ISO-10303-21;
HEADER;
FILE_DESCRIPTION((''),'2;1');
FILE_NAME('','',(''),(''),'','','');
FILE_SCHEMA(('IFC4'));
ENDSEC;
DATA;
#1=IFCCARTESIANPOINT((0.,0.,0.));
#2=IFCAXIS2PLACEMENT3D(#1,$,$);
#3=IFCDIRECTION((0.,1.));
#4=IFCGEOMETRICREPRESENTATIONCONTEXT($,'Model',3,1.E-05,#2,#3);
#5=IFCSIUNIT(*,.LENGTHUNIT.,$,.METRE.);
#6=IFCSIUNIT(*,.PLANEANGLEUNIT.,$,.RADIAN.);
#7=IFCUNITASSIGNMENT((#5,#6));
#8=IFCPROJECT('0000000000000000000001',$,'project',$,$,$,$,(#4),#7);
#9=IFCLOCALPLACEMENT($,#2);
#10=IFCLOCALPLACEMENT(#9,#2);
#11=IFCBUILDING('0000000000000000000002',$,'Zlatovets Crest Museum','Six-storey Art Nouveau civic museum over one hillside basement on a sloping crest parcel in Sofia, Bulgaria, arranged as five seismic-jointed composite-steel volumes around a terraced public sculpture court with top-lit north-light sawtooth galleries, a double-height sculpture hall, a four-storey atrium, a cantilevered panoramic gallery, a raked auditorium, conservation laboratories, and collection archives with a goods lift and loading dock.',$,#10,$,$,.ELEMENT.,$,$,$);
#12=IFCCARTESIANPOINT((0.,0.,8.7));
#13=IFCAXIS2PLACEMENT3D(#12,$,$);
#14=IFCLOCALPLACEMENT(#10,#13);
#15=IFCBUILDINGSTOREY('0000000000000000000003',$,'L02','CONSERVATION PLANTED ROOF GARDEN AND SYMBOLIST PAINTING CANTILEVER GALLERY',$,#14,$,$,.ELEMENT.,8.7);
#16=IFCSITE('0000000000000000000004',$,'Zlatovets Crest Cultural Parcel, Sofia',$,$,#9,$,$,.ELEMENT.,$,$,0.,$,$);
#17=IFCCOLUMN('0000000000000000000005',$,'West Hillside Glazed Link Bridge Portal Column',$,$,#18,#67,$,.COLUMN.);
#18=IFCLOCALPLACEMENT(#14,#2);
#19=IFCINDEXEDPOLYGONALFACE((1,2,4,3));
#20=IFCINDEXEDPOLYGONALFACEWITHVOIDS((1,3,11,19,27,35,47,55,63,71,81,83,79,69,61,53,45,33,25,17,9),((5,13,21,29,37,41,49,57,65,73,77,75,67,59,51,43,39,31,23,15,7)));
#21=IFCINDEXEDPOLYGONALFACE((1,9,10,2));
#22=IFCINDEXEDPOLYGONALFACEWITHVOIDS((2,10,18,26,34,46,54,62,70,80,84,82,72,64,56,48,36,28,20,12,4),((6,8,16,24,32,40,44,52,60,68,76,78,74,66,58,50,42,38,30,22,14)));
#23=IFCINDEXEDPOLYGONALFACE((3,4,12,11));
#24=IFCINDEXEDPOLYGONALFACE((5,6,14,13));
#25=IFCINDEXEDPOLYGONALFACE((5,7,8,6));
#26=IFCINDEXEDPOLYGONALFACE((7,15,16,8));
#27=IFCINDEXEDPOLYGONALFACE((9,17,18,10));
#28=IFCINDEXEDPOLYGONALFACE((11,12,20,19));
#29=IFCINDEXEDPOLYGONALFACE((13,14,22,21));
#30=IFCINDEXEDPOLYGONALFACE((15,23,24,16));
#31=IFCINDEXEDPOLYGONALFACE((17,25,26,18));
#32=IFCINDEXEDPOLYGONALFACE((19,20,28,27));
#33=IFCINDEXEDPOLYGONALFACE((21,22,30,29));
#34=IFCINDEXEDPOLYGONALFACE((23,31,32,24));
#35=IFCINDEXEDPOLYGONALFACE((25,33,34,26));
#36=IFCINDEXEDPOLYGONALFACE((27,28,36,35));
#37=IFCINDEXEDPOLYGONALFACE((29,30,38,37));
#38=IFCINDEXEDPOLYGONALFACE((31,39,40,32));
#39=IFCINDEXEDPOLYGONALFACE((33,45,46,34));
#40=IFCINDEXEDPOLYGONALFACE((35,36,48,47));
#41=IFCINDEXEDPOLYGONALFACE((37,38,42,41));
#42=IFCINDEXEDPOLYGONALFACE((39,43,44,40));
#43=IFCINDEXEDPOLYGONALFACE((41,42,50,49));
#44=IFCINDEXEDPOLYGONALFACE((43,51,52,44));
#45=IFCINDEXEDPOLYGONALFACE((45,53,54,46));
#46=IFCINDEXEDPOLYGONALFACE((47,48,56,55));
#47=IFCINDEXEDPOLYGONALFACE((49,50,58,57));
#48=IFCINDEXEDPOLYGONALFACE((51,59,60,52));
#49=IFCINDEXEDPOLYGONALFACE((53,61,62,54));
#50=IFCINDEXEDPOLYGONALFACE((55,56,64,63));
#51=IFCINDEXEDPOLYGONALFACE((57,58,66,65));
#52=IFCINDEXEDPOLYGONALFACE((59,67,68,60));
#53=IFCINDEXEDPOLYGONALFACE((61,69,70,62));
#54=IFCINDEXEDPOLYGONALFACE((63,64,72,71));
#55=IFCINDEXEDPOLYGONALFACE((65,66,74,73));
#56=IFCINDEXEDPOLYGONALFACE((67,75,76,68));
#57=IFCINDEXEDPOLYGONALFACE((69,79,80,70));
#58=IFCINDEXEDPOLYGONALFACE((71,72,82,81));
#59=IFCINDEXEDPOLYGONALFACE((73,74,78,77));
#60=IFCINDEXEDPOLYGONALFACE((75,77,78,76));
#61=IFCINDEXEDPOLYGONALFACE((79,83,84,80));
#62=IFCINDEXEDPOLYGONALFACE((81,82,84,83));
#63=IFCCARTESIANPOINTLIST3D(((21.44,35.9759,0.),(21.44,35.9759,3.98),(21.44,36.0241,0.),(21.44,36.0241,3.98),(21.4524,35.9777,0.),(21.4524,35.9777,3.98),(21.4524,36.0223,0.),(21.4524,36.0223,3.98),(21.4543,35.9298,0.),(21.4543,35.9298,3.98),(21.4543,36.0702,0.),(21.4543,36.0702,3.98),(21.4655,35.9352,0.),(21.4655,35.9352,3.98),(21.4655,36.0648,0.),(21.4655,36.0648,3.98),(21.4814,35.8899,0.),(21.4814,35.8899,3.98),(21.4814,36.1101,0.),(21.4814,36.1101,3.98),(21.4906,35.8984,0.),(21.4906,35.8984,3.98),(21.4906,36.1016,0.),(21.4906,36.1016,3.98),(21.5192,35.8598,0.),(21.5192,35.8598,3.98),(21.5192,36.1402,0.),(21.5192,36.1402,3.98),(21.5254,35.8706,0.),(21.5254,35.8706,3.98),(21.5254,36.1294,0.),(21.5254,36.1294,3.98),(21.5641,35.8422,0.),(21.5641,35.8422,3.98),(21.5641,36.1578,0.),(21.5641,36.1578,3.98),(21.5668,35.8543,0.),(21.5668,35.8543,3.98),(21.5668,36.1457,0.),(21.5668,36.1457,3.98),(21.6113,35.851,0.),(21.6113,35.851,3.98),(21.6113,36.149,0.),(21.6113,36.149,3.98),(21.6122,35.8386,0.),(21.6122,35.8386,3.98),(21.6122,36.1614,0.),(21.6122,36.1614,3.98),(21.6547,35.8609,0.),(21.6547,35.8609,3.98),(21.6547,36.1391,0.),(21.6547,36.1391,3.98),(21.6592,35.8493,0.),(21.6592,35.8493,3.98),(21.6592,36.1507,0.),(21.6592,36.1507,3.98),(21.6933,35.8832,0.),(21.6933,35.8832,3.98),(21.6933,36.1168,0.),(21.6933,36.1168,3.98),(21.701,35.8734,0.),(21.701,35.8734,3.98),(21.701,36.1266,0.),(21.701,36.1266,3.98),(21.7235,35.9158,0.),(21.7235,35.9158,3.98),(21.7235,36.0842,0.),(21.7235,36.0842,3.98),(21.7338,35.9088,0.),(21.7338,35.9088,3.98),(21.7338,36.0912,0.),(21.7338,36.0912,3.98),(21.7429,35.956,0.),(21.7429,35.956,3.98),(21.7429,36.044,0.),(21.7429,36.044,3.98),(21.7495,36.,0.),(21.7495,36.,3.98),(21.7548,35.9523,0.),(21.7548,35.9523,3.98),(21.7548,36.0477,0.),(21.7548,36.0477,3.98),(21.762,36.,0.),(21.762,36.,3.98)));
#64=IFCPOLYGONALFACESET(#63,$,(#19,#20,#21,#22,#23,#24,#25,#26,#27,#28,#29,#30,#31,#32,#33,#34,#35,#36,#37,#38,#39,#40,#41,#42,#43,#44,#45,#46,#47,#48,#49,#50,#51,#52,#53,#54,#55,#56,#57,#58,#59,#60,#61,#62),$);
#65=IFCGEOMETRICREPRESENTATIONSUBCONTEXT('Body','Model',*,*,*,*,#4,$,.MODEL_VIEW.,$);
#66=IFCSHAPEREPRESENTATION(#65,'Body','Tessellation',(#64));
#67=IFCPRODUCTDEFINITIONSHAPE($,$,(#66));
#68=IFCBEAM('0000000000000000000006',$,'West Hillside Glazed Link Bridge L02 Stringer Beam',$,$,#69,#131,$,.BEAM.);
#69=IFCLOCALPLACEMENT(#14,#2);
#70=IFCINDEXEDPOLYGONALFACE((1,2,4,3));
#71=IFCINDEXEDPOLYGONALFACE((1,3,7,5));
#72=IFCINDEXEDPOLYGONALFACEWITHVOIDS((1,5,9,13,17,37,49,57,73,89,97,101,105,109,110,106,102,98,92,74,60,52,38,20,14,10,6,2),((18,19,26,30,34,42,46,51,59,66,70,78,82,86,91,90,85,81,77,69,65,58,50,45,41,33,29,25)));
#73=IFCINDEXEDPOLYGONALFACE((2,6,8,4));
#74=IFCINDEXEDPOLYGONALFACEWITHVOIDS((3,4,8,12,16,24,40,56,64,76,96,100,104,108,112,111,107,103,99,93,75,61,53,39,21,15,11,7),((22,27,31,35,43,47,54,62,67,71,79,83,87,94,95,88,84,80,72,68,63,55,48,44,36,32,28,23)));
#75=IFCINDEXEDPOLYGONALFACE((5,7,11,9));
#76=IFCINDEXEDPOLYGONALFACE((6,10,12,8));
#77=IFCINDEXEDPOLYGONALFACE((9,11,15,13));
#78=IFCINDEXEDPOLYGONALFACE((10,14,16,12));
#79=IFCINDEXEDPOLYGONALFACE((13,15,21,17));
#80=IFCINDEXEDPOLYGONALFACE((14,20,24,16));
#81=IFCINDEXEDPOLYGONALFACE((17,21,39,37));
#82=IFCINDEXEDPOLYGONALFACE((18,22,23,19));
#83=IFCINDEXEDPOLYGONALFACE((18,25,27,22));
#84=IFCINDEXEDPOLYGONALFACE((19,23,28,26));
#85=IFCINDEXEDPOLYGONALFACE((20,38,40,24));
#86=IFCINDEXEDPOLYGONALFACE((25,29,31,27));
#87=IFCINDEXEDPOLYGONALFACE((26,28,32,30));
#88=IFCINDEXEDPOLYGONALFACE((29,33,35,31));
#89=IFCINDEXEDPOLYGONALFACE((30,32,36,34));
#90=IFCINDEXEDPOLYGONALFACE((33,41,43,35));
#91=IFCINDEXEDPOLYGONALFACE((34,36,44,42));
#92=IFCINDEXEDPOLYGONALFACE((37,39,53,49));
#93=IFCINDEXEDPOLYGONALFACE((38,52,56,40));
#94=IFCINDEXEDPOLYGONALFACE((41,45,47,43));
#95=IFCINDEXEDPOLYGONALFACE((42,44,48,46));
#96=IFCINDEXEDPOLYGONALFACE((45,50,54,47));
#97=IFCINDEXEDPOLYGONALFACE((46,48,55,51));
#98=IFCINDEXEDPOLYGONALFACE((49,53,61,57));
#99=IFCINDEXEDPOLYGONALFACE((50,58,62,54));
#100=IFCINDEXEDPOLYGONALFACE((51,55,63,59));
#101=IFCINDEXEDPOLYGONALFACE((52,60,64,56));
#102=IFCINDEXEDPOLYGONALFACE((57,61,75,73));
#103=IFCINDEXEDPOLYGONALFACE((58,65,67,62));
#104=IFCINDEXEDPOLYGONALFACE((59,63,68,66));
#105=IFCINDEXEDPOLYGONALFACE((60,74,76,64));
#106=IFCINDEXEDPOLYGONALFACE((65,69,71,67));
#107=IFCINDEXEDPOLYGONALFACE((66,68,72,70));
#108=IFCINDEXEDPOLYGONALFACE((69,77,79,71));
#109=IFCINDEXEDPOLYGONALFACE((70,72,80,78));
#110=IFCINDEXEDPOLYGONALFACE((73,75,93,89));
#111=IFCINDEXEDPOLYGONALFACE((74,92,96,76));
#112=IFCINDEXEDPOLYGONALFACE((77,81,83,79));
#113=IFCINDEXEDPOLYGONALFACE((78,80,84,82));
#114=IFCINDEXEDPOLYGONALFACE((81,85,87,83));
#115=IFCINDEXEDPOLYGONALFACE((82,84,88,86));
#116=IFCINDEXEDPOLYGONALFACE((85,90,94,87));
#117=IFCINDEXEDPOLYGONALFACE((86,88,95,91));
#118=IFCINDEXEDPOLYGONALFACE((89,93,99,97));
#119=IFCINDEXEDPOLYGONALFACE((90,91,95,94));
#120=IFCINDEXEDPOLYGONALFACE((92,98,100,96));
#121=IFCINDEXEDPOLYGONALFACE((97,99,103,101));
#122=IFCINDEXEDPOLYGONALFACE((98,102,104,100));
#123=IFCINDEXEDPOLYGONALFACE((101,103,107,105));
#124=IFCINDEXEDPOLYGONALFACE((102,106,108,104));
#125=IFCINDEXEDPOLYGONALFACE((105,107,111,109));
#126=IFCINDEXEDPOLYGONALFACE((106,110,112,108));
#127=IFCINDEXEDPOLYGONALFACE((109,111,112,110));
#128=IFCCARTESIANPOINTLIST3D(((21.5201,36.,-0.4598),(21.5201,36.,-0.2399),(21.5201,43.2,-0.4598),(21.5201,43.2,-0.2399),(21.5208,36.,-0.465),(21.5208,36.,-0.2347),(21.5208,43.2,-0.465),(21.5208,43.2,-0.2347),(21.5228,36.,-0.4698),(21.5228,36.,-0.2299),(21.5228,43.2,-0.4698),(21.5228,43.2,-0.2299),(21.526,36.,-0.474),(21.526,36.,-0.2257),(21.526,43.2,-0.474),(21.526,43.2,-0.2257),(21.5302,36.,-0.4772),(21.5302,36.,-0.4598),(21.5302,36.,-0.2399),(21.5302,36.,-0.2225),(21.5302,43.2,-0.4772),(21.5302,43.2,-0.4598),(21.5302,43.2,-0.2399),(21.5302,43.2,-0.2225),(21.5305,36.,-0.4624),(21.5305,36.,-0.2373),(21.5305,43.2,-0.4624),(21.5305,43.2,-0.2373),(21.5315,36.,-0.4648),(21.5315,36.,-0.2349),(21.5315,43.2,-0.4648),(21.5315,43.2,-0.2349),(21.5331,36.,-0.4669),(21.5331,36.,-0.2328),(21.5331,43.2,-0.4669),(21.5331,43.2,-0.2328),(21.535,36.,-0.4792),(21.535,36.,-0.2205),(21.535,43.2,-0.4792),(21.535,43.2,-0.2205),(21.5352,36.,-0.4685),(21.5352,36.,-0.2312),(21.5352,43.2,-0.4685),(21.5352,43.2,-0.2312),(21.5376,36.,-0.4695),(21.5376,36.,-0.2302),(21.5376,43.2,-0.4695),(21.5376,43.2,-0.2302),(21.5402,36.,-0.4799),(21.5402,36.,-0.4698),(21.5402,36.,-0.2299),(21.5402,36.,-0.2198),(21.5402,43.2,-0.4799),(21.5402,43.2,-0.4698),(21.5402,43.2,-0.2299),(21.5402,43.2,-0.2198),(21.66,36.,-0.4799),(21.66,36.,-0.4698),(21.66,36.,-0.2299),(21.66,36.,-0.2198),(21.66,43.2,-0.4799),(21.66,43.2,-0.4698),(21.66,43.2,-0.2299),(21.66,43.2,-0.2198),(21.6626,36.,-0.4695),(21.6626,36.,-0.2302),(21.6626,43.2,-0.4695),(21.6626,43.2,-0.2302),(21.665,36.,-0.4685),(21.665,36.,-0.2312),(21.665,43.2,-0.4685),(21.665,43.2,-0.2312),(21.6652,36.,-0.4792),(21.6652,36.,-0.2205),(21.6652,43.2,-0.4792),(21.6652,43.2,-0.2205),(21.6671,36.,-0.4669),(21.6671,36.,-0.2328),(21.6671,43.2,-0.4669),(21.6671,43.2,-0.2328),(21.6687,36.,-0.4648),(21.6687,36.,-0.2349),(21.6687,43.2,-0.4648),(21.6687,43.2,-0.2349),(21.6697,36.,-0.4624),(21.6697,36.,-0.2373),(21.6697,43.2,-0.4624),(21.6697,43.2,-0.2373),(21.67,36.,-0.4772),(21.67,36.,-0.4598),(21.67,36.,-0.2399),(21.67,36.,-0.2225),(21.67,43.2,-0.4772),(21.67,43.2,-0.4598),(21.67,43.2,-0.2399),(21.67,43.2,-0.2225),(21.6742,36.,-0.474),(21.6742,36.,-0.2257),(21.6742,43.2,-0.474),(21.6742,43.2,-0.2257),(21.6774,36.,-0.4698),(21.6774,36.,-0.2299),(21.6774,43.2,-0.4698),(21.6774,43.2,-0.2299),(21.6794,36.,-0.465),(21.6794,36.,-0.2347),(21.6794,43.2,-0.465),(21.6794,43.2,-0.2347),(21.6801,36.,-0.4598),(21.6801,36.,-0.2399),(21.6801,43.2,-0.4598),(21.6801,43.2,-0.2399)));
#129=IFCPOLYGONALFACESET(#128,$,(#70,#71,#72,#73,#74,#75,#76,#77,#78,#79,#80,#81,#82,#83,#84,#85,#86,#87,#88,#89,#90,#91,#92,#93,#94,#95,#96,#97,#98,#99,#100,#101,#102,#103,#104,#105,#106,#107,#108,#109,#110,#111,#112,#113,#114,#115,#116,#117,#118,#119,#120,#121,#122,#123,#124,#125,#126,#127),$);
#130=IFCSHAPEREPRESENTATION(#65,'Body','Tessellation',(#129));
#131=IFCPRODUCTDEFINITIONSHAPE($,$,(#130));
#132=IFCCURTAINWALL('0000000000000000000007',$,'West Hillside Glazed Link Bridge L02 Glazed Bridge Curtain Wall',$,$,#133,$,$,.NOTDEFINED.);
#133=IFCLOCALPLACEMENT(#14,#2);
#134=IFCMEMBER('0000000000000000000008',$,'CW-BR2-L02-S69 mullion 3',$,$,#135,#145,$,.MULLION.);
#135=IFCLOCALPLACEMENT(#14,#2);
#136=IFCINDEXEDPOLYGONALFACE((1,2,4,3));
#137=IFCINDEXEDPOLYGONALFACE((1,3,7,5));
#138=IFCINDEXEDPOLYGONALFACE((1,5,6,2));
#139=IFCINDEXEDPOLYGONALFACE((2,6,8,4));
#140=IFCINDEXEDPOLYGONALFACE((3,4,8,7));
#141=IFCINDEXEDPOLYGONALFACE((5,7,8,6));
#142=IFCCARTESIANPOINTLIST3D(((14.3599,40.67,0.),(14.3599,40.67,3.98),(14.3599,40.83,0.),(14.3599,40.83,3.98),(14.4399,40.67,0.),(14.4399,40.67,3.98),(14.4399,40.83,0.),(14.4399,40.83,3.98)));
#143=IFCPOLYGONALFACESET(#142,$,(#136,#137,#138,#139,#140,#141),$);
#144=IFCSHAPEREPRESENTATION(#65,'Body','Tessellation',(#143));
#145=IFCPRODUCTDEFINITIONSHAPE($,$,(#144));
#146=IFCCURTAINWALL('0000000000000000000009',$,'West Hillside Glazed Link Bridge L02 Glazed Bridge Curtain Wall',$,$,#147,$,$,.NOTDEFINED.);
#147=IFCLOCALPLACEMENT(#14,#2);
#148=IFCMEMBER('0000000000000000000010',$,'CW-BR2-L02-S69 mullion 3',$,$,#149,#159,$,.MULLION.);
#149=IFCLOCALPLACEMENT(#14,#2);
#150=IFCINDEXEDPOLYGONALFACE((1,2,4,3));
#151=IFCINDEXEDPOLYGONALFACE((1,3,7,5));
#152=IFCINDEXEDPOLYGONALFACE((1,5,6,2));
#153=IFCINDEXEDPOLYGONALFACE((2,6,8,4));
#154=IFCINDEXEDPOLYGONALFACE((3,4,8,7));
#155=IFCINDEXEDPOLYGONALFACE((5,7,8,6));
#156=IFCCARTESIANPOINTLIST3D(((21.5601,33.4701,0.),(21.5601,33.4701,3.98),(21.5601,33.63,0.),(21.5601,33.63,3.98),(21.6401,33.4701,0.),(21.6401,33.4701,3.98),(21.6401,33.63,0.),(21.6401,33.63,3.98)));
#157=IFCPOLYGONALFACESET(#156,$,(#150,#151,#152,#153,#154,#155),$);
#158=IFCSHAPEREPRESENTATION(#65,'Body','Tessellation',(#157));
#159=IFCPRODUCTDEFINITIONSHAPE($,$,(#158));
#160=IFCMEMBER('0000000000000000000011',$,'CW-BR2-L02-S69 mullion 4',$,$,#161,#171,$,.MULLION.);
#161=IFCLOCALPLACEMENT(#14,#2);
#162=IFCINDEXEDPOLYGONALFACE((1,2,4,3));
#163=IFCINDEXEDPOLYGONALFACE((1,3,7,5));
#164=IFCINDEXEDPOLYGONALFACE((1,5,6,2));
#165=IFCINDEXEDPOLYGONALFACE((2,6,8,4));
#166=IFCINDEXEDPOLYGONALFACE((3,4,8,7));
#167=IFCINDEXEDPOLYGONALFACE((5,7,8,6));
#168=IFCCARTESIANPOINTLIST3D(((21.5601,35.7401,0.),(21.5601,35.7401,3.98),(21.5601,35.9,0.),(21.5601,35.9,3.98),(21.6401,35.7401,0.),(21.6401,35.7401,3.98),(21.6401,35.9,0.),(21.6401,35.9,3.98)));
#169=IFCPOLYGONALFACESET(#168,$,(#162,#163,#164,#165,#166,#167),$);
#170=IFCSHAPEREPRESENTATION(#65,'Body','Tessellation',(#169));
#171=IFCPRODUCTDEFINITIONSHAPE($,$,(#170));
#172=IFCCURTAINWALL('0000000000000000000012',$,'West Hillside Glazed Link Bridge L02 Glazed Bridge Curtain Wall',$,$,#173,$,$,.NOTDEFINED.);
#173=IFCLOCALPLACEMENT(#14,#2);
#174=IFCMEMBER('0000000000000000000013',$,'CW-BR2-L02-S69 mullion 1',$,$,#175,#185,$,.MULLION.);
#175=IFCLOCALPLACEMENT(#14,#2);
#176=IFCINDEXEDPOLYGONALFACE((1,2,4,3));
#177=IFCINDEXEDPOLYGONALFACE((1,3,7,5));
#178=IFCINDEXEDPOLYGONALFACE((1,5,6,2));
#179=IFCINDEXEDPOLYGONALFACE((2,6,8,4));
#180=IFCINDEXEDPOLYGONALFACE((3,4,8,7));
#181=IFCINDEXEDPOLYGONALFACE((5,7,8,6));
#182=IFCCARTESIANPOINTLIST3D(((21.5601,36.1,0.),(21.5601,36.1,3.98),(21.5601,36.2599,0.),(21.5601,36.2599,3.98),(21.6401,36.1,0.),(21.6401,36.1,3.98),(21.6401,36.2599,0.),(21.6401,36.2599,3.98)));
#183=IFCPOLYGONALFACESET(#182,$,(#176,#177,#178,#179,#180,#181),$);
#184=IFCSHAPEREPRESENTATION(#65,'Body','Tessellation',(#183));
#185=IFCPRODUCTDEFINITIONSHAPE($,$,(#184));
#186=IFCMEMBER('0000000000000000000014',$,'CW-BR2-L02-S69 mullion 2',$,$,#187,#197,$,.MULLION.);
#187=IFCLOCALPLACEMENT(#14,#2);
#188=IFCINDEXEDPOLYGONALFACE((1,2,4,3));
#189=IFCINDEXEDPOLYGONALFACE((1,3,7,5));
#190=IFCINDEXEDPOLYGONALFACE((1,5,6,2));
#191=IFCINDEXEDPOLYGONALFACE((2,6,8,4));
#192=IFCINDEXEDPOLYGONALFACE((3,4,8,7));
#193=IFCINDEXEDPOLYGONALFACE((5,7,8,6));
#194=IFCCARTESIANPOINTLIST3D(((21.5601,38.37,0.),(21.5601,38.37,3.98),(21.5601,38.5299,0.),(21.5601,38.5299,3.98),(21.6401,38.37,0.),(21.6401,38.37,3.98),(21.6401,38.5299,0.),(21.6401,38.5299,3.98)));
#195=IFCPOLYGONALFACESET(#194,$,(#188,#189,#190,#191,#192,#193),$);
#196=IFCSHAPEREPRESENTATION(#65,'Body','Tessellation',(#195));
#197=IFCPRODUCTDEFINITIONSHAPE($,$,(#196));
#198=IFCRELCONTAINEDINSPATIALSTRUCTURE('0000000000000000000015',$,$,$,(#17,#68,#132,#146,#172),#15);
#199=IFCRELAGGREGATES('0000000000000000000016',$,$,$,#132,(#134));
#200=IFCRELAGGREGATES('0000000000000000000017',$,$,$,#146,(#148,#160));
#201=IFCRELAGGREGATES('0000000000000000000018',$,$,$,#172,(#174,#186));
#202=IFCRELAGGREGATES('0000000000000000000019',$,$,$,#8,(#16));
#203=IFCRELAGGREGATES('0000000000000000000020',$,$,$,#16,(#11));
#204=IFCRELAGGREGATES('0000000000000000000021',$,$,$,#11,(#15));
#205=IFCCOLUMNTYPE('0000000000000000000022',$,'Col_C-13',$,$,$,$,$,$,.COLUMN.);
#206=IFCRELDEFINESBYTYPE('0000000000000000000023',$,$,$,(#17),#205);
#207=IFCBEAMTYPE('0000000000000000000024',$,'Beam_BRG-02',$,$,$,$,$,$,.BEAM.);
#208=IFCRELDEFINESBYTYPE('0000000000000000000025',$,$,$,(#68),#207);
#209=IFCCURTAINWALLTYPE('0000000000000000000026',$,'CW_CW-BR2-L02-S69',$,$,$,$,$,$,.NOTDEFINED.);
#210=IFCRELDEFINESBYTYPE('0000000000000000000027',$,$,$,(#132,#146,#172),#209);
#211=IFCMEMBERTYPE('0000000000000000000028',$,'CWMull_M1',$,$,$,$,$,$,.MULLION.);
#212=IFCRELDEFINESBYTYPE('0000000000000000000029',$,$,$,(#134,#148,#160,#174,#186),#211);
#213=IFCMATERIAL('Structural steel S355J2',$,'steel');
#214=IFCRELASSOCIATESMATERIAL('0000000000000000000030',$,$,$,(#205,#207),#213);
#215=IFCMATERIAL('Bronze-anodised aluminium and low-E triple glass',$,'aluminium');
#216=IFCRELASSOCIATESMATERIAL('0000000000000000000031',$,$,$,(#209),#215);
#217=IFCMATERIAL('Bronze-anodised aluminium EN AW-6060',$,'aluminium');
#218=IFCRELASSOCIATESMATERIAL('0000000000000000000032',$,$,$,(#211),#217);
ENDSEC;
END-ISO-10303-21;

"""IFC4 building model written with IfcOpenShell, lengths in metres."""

from ifc_helpers import new_model, si_unit, direction, frame, origin, origin_2d, place, context, subcontext, project, spatial, rectangle, hollow_rectangle, hollow_circle, extrude, material, material_profile, profile_set, type_object, element, aggregate, save


model = new_model("IFC4")

# Units and contexts
model_context = context("Model", 3, precision=1e-05, world=origin(), true_north=direction((0.0, 1.0)))
body_context = subcontext(model_context, "Body", "Model", "MODEL_VIEW")
ifc_project = project(units=[si_unit("LENGTHUNIT", "METRE"), si_unit("PLANEANGLEUNIT", "RADIAN")], contexts=[model_context])

# Site, building, storey
site_placement = place(None, origin())
site = spatial("IfcSite", under=ifc_project, at=site_placement, Name="Zlatovets Crest Cultural Parcel, Sofia", CompositionType="ELEMENT", RefElevation=0.0)
building_placement = place(site_placement, origin())
building = spatial("IfcBuilding", under=site, at=building_placement, Name="Zlatovets Crest Museum", Description="Six-storey Art Nouveau civic museum over one hillside basement on a sloping crest parcel in Sofia, Bulgaria, arranged as five seismic-jointed composite-steel volumes around a terraced public sculpture court with top-lit north-light sawtooth galleries, a double-height sculpture hall, a four-storey atrium, a cantilevered panoramic gallery, a raked auditorium, conservation laboratories, and collection archives with a goods lift and loading dock.", CompositionType="ELEMENT")
storey_placement = place(building_placement, frame((0.0, 0.0, 8.7)))
storey = spatial("IfcBuildingStorey", under=building, at=storey_placement, Name="L02", Description="CONSERVATION PLANTED ROOF GARDEN AND SYMBOLIST PAINTING CANTILEVER GALLERY", CompositionType="ELEMENT", Elevation=8.7)

# Column
ifc_material_1 = material(Name="Structural steel S355J2", Category="steel")
ifc_material_profile_1 = material_profile(ifc_material_1, hollow_circle(Radius=0.1619, WallThickness=0.0125, at=origin_2d()), Name="CHS 323.9x12.5")
ifc_profile_set_1 = profile_set([ifc_material_profile_1], Name="Structural steel S355J2")
column_type = type_object("IfcColumnType", Name="Col_C-13", PredefinedType="COLUMN", material=ifc_profile_set_1)
column_placement = place(storey_placement, frame((21.6001, 36.0, 0.0), z_axis=(0.0, 0.0, 1.0), x_axis=(1.0, 0.0, 0.0)))
element("IfcColumn", 1, at=column_placement, inside=storey, type_object=column_type, Name="West Hillside Glazed Link Bridge Portal Column", PredefinedType="COLUMN", context=body_context, shape_type="SweptSolid", body=[
    extrude(hollow_circle(Radius=0.1619, WallThickness=0.0125, at=origin_2d()), origin(), (0.0, 0.0, 1.0), 3.98),
])

# Beam
ifc_material_profile_2 = material_profile(ifc_material_1, hollow_rectangle(XDim=0.1599, YDim=0.26, WallThickness=0.01, InnerFilletRadius=0.01, OuterFilletRadius=0.02, at=origin_2d()), Name="RHS 160x260x10.0")
ifc_profile_set_2 = profile_set([ifc_material_profile_2], Name="Structural steel S355J2")
beam_type = type_object("IfcBeamType", Name="Beam_BRG-02", PredefinedType="BEAM", material=ifc_profile_set_2)
beam_placement = place(storey_placement, frame((21.6001, 36.0, -0.3499), z_axis=(0.0, 1.0, 0.0), x_axis=(-1.0, 0.0, 0.0)))
element("IfcBeam", 2, at=beam_placement, inside=storey, type_object=beam_type, Name="West Hillside Glazed Link Bridge L02 Stringer Beam", PredefinedType="BEAM", context=body_context, shape_type="SweptSolid", body=[
    extrude(hollow_rectangle(XDim=0.1599, YDim=0.26, WallThickness=0.01, InnerFilletRadius=0.01, OuterFilletRadius=0.02, at=origin_2d()), origin(), (0.0, 0.0, 1.0), 7.2),
])

# Curtain wall, member
ifc_material_2 = material(Name="Bronze-anodised aluminium and low-E triple glass", Category="aluminium")
curtain_wall_type = type_object("IfcCurtainWallType", Name="CW_CW-BR2-L02-S69", PredefinedType="NOTDEFINED", material=ifc_material_2)
curtain_wall_1_placement = place(storey_placement, origin())
curtain_wall_1 = element("IfcCurtainWall", 3, at=curtain_wall_1_placement, inside=storey, type_object=curtain_wall_type, Name="West Hillside Glazed Link Bridge L02 Glazed Bridge Curtain Wall", PredefinedType="NOTDEFINED")
ifc_material_3 = material(Name="Bronze-anodised aluminium EN AW-6060", Category="aluminium")
ifc_material_profile_3 = material_profile(ifc_material_3, rectangle(XDim=0.0801, YDim=0.1599, at=origin_2d()), Name="ALU 80x160")
ifc_profile_set_3 = profile_set([ifc_material_profile_3], Name="Bronze-anodised aluminium EN AW-6060")
member_type_1 = type_object("IfcMemberType", Name="CWMull_M1", PredefinedType="MULLION", material=ifc_profile_set_3)
member_1_placement = place(storey_placement, frame((14.3999, 40.75, 0.0), z_axis=(0.0, 0.0, 1.0), x_axis=(-1.0, 0.0, 0.0)))
member_1 = element("IfcMember", 4, at=member_1_placement, type_object=member_type_1, Name="CW-BR2-L02-S69 mullion 3", PredefinedType="MULLION", context=body_context, shape_type="SweptSolid", body=[
    extrude(rectangle(XDim=0.0801, YDim=0.1599, at=origin_2d()), origin(), (0.0, 0.0, 1.0), 3.98),
])

# Curtain walls, members
curtain_wall_2_placement = place(storey_placement, origin())
curtain_wall_2 = element("IfcCurtainWall", 5, at=curtain_wall_2_placement, inside=storey, type_object=curtain_wall_type, Name="West Hillside Glazed Link Bridge L02 Glazed Bridge Curtain Wall", PredefinedType="NOTDEFINED")
member_2_placement = place(storey_placement, frame((21.6001, 33.55, 0.0), z_axis=(0.0, 0.0, 1.0), x_axis=(-1.0, 0.0, 0.0)))
member_2 = element("IfcMember", 6, at=member_2_placement, type_object=member_type_1, Name="CW-BR2-L02-S69 mullion 3", PredefinedType="MULLION", context=body_context, shape_type="SweptSolid", body=[
    extrude(rectangle(XDim=0.0801, YDim=0.1599, at=origin_2d()), origin(), (0.0, 0.0, 1.0), 3.98),
])
member_3_placement = place(storey_placement, frame((21.6001, 35.8201, 0.0), z_axis=(0.0, 0.0, 1.0), x_axis=(-1.0, 0.0, 0.0)))
member_3 = element("IfcMember", 7, at=member_3_placement, type_object=member_type_1, Name="CW-BR2-L02-S69 mullion 4", PredefinedType="MULLION", context=body_context, shape_type="SweptSolid", body=[
    extrude(rectangle(XDim=0.0801, YDim=0.1599, at=origin_2d()), origin(), (0.0, 0.0, 1.0), 3.98),
])
curtain_wall_3_placement = place(storey_placement, origin())
curtain_wall_3 = element("IfcCurtainWall", 8, at=curtain_wall_3_placement, inside=storey, type_object=curtain_wall_type, Name="West Hillside Glazed Link Bridge L02 Glazed Bridge Curtain Wall", PredefinedType="NOTDEFINED")
member_4_placement = place(storey_placement, frame((21.6001, 36.1799, 0.0), z_axis=(0.0, 0.0, 1.0), x_axis=(-1.0, 0.0, 0.0)))
member_4 = element("IfcMember", 9, at=member_4_placement, type_object=member_type_1, Name="CW-BR2-L02-S69 mullion 1", PredefinedType="MULLION", context=body_context, shape_type="SweptSolid", body=[
    extrude(rectangle(XDim=0.0801, YDim=0.1599, at=origin_2d()), origin(), (0.0, 0.0, 1.0), 3.98),
])
member_5_placement = place(storey_placement, frame((21.6001, 38.45, 0.0), z_axis=(0.0, 0.0, 1.0), x_axis=(-1.0, 0.0, 0.0)))
member_5 = element("IfcMember", 10, at=member_5_placement, type_object=member_type_1, Name="CW-BR2-L02-S69 mullion 2", PredefinedType="MULLION", context=body_context, shape_type="SweptSolid", body=[
    extrude(rectangle(XDim=0.0801, YDim=0.1599, at=origin_2d()), origin(), (0.0, 0.0, 1.0), 3.98),
])

aggregate(curtain_wall_1, [member_1])

aggregate(curtain_wall_2, [member_2, member_3])
aggregate(curtain_wall_3, [member_4, member_5])

save(model, "model.ifc")
